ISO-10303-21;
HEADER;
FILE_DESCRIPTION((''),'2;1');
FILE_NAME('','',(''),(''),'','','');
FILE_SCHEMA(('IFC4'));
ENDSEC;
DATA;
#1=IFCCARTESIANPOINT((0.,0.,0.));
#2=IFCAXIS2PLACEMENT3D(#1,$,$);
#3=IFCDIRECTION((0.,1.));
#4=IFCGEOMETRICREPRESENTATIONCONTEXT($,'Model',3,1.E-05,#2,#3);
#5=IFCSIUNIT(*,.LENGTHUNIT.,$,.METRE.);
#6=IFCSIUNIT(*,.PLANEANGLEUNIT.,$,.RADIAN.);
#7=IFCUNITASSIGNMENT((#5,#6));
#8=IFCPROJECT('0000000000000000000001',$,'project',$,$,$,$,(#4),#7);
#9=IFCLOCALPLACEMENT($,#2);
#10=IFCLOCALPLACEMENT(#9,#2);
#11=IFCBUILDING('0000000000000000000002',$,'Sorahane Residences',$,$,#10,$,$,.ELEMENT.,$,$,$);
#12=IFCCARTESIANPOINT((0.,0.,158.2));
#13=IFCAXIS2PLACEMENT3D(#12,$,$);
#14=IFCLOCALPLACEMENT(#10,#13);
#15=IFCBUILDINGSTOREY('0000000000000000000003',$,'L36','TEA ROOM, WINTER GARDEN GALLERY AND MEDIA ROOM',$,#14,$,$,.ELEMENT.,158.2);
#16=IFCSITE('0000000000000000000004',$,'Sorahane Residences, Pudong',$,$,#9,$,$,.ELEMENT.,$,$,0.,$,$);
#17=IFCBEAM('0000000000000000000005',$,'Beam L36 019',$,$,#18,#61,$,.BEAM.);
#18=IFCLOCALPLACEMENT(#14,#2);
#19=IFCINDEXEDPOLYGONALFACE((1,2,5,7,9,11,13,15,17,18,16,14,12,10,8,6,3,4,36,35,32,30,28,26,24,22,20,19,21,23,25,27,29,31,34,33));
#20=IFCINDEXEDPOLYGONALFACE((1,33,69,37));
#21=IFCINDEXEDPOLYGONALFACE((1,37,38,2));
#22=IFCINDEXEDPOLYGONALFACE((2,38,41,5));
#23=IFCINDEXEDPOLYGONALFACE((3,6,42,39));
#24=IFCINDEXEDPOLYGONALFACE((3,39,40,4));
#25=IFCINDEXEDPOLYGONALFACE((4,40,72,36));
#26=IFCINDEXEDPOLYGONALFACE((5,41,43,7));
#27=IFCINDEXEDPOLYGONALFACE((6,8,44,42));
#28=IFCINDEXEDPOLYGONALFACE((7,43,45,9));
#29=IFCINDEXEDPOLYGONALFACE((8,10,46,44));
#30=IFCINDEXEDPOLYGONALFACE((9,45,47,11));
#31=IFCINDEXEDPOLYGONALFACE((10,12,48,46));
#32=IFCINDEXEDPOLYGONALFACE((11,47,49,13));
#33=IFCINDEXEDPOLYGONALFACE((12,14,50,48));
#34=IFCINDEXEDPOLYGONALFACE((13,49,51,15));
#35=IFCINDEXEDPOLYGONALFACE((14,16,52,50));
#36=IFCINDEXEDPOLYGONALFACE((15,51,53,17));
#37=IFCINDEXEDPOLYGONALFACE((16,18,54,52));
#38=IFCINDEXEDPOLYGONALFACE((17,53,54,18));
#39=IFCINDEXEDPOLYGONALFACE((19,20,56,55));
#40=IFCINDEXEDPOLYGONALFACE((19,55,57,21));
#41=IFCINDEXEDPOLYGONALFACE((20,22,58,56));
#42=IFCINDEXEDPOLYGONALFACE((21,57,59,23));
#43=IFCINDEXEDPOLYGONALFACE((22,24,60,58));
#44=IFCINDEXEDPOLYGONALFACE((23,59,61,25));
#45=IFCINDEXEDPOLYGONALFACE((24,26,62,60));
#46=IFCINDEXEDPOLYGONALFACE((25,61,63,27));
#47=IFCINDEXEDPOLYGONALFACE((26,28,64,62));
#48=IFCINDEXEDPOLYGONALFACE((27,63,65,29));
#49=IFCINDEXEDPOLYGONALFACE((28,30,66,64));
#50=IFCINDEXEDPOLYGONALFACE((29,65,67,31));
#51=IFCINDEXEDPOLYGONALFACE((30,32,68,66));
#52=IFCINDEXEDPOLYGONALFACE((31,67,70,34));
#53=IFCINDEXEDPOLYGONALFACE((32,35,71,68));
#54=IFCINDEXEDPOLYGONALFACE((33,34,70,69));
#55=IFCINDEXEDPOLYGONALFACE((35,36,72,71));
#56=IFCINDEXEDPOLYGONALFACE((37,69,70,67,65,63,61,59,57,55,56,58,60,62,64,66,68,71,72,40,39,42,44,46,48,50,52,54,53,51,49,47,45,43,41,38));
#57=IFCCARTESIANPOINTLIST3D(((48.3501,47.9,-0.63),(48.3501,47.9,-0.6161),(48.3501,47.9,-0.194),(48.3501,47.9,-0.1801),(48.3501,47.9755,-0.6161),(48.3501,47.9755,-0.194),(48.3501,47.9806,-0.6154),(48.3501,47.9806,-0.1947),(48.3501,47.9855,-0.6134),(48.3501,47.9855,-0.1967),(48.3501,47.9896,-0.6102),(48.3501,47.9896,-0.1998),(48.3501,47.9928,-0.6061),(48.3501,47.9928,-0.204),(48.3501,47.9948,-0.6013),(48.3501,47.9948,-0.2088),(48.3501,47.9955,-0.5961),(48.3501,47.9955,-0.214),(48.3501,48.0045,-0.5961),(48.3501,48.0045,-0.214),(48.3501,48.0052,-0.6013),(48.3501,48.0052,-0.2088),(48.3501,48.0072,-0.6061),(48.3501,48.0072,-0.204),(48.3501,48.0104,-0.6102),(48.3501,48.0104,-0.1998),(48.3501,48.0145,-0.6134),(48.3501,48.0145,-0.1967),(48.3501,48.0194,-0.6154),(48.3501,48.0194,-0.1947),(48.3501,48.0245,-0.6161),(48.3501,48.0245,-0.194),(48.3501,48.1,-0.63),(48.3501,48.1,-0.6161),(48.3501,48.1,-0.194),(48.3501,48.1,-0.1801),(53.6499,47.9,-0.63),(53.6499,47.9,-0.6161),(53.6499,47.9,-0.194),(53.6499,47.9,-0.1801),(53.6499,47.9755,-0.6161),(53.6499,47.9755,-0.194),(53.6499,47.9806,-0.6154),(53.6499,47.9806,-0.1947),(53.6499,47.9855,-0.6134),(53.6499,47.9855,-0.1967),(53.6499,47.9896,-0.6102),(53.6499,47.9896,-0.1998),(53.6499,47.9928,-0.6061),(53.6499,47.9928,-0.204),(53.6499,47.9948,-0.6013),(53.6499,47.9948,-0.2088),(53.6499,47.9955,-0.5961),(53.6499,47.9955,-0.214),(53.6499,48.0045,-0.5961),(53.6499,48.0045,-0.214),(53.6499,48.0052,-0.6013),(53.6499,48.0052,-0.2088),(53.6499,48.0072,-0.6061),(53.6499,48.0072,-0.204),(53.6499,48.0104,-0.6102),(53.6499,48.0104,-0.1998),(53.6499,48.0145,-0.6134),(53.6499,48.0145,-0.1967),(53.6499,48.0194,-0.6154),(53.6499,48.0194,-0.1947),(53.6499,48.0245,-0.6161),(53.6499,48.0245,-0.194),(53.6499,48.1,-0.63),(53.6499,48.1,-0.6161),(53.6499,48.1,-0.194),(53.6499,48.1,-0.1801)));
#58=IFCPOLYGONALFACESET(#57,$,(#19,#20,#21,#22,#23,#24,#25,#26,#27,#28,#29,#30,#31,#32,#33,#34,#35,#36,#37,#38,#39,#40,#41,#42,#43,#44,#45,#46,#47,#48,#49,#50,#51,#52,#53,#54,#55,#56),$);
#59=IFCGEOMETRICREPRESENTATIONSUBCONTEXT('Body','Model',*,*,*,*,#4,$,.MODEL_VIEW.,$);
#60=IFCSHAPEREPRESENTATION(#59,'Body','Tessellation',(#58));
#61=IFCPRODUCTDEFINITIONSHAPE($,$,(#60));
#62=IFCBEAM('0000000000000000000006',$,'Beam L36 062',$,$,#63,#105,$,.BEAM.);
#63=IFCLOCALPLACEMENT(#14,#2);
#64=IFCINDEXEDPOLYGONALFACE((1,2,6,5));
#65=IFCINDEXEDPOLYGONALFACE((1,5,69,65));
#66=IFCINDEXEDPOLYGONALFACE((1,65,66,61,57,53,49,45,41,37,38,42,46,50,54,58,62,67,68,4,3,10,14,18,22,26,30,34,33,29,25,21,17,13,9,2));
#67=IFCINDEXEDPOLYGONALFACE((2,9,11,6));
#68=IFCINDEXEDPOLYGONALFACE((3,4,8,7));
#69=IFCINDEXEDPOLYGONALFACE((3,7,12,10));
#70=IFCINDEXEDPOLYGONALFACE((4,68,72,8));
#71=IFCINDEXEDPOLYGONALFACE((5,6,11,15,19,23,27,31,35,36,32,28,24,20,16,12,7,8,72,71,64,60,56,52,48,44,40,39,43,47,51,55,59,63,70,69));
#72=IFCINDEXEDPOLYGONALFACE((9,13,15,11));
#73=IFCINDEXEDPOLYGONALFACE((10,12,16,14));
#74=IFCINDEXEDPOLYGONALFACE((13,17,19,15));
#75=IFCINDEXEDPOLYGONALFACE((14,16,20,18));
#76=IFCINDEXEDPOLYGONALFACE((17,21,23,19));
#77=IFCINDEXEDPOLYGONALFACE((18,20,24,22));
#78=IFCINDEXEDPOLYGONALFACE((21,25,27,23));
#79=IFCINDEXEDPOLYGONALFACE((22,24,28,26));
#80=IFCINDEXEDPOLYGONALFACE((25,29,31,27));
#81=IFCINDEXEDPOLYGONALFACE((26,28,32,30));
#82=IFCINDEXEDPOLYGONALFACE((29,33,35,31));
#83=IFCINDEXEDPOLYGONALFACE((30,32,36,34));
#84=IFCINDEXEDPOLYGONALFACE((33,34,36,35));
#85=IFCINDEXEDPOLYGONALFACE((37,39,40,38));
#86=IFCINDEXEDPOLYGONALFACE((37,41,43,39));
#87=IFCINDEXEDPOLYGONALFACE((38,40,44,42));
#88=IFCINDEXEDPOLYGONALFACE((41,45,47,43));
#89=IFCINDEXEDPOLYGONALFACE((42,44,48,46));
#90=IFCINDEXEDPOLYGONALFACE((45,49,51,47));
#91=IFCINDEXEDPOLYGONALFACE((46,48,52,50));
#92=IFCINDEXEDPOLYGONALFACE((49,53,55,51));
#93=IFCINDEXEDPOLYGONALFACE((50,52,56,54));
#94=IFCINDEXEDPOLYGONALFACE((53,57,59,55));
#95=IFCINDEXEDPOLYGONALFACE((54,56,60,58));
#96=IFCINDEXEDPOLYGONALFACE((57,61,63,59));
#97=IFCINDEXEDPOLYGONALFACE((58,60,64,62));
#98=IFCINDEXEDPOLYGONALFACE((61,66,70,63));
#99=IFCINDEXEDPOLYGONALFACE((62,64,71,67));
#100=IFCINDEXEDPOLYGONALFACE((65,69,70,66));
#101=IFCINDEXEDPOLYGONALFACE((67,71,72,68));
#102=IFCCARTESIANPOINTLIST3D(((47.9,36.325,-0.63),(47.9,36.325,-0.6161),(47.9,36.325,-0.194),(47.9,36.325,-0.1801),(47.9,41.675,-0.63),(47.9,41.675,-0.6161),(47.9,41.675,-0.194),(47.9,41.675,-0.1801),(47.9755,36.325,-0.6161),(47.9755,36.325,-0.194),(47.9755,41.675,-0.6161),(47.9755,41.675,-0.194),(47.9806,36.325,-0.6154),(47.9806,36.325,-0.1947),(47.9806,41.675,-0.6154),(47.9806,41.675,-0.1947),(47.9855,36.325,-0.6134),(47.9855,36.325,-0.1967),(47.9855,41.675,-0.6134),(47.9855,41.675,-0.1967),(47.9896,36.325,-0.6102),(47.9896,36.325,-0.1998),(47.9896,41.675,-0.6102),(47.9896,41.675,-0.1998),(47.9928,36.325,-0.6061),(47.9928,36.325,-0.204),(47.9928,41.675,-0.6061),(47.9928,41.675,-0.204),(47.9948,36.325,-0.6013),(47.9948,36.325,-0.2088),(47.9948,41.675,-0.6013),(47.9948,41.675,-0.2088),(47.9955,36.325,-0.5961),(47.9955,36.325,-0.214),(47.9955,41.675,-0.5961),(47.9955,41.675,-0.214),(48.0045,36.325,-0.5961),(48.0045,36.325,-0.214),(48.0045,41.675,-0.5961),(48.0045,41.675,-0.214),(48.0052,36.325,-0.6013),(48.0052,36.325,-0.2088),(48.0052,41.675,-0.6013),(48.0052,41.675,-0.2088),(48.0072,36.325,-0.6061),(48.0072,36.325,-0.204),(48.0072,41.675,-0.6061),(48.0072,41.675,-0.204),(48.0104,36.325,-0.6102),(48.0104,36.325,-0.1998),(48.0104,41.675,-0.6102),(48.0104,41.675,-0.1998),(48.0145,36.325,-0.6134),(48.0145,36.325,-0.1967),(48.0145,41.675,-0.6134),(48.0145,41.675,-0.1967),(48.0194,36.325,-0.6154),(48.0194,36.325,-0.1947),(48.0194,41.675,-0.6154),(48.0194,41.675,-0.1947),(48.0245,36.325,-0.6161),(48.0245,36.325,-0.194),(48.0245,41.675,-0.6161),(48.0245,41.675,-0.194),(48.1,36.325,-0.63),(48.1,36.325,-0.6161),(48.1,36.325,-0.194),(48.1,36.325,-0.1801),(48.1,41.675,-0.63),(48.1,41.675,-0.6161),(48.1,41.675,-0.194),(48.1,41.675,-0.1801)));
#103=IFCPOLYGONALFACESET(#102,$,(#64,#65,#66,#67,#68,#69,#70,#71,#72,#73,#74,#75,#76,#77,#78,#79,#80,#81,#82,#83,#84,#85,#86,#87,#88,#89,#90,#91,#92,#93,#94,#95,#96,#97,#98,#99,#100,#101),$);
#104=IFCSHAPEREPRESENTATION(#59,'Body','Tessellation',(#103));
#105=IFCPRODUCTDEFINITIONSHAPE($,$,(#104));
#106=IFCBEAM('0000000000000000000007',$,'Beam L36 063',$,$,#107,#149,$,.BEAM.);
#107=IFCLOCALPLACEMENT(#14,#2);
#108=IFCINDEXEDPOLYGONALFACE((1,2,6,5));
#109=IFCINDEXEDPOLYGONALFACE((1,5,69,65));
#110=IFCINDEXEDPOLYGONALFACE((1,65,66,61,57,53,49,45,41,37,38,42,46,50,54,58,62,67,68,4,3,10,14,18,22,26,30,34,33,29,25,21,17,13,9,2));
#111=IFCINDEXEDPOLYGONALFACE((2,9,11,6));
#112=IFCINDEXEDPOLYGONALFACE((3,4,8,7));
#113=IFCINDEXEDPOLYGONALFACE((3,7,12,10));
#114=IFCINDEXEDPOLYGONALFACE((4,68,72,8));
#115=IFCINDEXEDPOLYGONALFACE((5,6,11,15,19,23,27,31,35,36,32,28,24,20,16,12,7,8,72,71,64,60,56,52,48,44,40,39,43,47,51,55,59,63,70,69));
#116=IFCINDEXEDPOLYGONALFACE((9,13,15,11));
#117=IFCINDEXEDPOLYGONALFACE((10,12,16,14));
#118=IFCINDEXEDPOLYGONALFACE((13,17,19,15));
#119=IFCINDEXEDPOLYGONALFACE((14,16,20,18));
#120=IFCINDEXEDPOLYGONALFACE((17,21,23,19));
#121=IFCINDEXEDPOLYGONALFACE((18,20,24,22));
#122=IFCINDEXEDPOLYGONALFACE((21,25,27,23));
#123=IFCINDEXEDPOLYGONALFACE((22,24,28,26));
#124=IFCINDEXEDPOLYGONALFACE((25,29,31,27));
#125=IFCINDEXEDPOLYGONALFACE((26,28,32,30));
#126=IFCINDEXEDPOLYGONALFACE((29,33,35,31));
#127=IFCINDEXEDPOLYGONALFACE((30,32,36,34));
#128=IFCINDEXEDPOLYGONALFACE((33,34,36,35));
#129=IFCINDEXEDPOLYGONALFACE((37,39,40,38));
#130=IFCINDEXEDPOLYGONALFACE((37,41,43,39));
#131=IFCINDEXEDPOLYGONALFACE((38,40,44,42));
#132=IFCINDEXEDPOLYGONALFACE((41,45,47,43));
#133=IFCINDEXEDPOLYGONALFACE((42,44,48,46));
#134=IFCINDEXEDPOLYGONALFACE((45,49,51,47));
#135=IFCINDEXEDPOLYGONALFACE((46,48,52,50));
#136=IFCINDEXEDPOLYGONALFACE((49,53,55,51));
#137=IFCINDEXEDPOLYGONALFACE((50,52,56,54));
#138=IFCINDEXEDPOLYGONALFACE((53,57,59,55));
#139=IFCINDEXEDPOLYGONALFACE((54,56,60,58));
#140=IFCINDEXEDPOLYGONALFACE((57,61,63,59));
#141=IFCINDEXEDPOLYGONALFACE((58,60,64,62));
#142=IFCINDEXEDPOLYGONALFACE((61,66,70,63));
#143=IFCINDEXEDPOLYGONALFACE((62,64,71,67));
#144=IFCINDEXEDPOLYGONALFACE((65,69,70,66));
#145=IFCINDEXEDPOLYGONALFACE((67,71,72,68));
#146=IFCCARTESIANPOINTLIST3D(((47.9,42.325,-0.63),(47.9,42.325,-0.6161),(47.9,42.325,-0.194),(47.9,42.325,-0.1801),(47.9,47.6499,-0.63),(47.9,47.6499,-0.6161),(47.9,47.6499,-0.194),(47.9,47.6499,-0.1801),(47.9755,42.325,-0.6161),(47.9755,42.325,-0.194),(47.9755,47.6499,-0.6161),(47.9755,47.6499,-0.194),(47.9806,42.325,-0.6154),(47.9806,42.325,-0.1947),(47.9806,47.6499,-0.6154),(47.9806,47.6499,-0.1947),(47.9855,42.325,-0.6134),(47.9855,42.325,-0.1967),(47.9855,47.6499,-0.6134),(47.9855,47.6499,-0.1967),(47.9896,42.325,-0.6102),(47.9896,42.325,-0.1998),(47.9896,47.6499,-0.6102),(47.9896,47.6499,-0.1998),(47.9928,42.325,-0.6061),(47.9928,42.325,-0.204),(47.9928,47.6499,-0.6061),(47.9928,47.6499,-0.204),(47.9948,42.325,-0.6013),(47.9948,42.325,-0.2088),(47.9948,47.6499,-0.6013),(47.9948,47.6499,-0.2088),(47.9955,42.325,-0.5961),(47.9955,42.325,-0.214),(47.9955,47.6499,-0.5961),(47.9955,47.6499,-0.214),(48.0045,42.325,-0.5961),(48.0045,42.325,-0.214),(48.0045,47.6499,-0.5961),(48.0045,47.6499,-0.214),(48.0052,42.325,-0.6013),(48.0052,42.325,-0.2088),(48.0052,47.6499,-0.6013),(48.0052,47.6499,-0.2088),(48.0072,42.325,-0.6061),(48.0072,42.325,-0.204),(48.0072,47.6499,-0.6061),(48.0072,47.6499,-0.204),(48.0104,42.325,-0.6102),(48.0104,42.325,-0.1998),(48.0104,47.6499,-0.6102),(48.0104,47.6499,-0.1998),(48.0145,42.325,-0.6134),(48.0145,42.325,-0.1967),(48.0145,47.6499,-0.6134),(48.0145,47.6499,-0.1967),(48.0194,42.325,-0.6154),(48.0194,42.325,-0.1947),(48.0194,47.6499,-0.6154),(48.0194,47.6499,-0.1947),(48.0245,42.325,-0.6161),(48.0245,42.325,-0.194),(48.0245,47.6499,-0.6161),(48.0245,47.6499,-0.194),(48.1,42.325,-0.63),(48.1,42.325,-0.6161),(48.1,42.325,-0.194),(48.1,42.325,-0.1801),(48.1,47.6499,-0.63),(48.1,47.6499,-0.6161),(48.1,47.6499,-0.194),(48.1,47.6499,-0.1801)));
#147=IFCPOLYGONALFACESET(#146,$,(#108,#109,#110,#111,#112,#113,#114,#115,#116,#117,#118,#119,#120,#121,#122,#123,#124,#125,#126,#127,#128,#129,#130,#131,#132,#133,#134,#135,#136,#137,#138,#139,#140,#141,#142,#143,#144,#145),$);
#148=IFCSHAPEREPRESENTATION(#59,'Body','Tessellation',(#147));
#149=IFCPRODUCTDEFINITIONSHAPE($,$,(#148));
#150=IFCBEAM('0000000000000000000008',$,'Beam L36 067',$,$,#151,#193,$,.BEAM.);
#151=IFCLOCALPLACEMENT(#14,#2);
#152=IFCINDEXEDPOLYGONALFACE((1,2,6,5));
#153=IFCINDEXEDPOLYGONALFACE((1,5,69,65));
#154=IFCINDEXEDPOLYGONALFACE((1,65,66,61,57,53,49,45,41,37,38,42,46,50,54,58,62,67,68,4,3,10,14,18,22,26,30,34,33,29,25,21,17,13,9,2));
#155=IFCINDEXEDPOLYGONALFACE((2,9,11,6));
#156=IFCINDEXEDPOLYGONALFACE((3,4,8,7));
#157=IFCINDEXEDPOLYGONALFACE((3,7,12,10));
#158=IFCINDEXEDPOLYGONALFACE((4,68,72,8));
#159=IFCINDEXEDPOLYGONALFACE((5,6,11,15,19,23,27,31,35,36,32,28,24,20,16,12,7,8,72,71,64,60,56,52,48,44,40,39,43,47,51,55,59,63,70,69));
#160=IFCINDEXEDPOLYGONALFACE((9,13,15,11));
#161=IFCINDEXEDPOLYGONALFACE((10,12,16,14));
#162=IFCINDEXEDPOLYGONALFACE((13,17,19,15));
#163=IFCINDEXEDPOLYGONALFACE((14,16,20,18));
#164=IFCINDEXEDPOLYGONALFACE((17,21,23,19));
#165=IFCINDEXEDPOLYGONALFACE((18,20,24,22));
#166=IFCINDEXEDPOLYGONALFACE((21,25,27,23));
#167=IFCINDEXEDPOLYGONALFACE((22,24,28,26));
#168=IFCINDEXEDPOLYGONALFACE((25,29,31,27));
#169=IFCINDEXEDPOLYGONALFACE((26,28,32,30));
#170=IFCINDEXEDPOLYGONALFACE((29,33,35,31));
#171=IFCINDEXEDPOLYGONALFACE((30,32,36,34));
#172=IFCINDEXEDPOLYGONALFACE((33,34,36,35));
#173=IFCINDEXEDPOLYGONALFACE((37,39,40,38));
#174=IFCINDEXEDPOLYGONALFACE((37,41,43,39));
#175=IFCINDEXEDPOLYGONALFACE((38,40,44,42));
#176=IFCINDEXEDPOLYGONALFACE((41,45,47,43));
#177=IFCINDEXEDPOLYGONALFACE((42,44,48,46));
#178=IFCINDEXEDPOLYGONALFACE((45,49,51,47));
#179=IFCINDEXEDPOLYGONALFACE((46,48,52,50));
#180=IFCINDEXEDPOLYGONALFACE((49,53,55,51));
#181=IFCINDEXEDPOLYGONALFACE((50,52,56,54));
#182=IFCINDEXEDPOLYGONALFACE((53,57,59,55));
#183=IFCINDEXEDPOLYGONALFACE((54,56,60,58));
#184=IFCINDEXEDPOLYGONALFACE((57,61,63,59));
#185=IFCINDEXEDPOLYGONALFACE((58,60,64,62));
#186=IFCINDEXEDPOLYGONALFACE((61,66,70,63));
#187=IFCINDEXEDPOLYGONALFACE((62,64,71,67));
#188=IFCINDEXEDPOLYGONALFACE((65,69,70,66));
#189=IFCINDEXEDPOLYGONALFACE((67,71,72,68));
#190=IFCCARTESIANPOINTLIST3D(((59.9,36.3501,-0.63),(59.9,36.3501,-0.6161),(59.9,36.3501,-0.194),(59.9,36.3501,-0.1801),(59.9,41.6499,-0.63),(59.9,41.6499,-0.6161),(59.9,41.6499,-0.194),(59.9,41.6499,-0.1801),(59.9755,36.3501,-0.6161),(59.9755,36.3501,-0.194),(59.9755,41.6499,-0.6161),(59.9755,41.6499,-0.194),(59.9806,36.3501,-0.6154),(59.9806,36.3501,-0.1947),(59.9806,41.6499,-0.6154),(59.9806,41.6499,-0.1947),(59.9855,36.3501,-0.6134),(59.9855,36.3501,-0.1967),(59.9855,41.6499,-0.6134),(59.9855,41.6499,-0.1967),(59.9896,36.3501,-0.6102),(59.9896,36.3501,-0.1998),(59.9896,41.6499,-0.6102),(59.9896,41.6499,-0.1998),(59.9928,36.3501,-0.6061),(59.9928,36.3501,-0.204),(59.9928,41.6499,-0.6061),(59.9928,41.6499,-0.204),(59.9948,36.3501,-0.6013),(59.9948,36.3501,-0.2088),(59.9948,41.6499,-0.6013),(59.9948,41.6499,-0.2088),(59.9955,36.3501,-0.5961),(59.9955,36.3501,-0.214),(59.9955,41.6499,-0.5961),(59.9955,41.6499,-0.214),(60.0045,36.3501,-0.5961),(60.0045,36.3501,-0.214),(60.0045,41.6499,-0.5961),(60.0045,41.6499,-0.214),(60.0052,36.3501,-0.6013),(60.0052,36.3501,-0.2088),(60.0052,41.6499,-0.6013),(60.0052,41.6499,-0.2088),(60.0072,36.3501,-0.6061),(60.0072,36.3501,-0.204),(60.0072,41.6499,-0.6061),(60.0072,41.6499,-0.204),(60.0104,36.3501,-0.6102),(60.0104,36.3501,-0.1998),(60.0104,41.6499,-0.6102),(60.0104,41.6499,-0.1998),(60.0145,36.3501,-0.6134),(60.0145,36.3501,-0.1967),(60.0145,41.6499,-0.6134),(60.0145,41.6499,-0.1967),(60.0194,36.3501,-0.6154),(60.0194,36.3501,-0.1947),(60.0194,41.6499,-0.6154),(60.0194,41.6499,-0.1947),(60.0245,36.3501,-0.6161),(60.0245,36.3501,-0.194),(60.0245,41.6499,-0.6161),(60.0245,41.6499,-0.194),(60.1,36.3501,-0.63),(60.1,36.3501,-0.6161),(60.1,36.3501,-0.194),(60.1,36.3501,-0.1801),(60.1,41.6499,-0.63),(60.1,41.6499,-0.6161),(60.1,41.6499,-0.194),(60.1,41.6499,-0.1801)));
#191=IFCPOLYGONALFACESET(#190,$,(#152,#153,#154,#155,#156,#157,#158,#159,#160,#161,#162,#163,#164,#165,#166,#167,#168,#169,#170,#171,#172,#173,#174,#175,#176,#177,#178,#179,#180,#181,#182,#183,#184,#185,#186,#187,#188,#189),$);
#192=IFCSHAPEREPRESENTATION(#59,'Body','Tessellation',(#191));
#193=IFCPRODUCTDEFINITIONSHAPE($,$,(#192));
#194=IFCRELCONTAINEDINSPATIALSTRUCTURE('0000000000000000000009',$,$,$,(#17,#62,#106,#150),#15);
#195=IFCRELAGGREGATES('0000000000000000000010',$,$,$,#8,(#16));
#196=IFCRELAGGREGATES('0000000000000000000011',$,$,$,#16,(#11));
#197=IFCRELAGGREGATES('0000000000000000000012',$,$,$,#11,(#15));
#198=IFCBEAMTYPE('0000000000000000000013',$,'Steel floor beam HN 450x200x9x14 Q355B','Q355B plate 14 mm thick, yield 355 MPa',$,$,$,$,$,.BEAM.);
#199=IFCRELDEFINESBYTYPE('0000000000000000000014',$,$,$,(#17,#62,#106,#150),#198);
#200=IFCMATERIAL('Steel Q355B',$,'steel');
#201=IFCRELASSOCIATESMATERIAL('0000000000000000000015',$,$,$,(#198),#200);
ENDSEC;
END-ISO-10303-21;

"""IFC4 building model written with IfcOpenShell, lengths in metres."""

from ifc_helpers import new_model, si_unit, direction, frame, origin, origin_2d, place, context, subcontext, project, spatial, i_section, extrude, material, material_profile, profile_set, type_object, element, save


model = new_model("IFC4")

# Units and contexts
model_context = context("Model", 3, precision=1e-05, world=origin(), true_north=direction((0.0, 1.0)))
body_context = subcontext(model_context, "Body", "Model", "MODEL_VIEW")
ifc_project = project(units=[si_unit("LENGTHUNIT", "METRE"), si_unit("PLANEANGLEUNIT", "RADIAN")], contexts=[model_context])

# Site, building, storey
site_placement = place(None, origin())
site = spatial("IfcSite", under=ifc_project, at=site_placement, Name="Sorahane Residences, Pudong", CompositionType="ELEMENT", RefElevation=0.0)
building_placement = place(site_placement, origin())
building = spatial("IfcBuilding", under=site, at=building_placement, Name="Sorahane Residences", CompositionType="ELEMENT")
storey_placement = place(building_placement, frame((0.0, 0.0, 158.2)))
storey = spatial("IfcBuildingStorey", under=building, at=storey_placement, Name="L36", Description="TEA ROOM, WINTER GARDEN GALLERY AND MEDIA ROOM", CompositionType="ELEMENT", Elevation=158.2)

# Beams
ifc_material_1 = material(Name="Steel Q355B", Category="steel")
ifc_material_profile_1 = material_profile(ifc_material_1, i_section(OverallWidth=0.2, OverallDepth=0.45, WebThickness=0.009, FlangeThickness=0.0139, FilletRadius=0.02, at=origin_2d()), Name="HN 450x200x9x14")
ifc_profile_set_1 = profile_set([ifc_material_profile_1], Name="Steel Q355B")
beam_type_1 = type_object("IfcBeamType", Name="Steel floor beam HN 450x200x9x14 Q355B", Description="Q355B plate 14 mm thick, yield 355 MPa", PredefinedType="BEAM", material=ifc_profile_set_1)
beam_1_placement = place(storey_placement, frame((48.3501, 48.0, -0.405), z_axis=(1.0, 0.0, 0.0), x_axis=(0.0, 1.0, 0.0)))
element("IfcBeam", 1, at=beam_1_placement, inside=storey, type_object=beam_type_1, Name="Beam L36 019", PredefinedType="BEAM", context=body_context, shape_type="SweptSolid", body=[
    extrude(i_section(OverallWidth=0.2, OverallDepth=0.45, WebThickness=0.009, FlangeThickness=0.0139, FilletRadius=0.02, at=origin_2d()), origin(), (0.0, 0.0, 1.0), 5.2998),
])
beam_2_placement = place(storey_placement, frame((48.0, 36.325, -0.405), z_axis=(0.0, 1.0, 0.0), x_axis=(-1.0, 0.0, 0.0)))
element("IfcBeam", 2, at=beam_2_placement, inside=storey, type_object=beam_type_1, Name="Beam L36 062", PredefinedType="BEAM", context=body_context, shape_type="SweptSolid", body=[
    extrude(i_section(OverallWidth=0.2, OverallDepth=0.45, WebThickness=0.009, FlangeThickness=0.0139, FilletRadius=0.02, at=origin_2d()), origin(), (0.0, 0.0, 1.0), 5.3501),
])
beam_3_placement = place(storey_placement, frame((48.0, 42.325, -0.405), z_axis=(0.0, 1.0, 0.0), x_axis=(-1.0, 0.0, 0.0)))
element("IfcBeam", 3, at=beam_3_placement, inside=storey, type_object=beam_type_1, Name="Beam L36 063", PredefinedType="BEAM", context=body_context, shape_type="SweptSolid", body=[
    extrude(i_section(OverallWidth=0.2, OverallDepth=0.45, WebThickness=0.009, FlangeThickness=0.0139, FilletRadius=0.02, at=origin_2d()), origin(), (0.0, 0.0, 1.0), 5.325),
])
beam_4_placement = place(storey_placement, frame((60.0, 36.3501, -0.405), z_axis=(0.0, 1.0, 0.0), x_axis=(-1.0, 0.0, 0.0)))
element("IfcBeam", 4, at=beam_4_placement, inside=storey, type_object=beam_type_1, Name="Beam L36 067", PredefinedType="BEAM", context=body_context, shape_type="SweptSolid", body=[
    extrude(i_section(OverallWidth=0.2, OverallDepth=0.45, WebThickness=0.009, FlangeThickness=0.0139, FilletRadius=0.02, at=origin_2d()), origin(), (0.0, 0.0, 1.0), 5.2998),
])

save(model, "model.ifc")
